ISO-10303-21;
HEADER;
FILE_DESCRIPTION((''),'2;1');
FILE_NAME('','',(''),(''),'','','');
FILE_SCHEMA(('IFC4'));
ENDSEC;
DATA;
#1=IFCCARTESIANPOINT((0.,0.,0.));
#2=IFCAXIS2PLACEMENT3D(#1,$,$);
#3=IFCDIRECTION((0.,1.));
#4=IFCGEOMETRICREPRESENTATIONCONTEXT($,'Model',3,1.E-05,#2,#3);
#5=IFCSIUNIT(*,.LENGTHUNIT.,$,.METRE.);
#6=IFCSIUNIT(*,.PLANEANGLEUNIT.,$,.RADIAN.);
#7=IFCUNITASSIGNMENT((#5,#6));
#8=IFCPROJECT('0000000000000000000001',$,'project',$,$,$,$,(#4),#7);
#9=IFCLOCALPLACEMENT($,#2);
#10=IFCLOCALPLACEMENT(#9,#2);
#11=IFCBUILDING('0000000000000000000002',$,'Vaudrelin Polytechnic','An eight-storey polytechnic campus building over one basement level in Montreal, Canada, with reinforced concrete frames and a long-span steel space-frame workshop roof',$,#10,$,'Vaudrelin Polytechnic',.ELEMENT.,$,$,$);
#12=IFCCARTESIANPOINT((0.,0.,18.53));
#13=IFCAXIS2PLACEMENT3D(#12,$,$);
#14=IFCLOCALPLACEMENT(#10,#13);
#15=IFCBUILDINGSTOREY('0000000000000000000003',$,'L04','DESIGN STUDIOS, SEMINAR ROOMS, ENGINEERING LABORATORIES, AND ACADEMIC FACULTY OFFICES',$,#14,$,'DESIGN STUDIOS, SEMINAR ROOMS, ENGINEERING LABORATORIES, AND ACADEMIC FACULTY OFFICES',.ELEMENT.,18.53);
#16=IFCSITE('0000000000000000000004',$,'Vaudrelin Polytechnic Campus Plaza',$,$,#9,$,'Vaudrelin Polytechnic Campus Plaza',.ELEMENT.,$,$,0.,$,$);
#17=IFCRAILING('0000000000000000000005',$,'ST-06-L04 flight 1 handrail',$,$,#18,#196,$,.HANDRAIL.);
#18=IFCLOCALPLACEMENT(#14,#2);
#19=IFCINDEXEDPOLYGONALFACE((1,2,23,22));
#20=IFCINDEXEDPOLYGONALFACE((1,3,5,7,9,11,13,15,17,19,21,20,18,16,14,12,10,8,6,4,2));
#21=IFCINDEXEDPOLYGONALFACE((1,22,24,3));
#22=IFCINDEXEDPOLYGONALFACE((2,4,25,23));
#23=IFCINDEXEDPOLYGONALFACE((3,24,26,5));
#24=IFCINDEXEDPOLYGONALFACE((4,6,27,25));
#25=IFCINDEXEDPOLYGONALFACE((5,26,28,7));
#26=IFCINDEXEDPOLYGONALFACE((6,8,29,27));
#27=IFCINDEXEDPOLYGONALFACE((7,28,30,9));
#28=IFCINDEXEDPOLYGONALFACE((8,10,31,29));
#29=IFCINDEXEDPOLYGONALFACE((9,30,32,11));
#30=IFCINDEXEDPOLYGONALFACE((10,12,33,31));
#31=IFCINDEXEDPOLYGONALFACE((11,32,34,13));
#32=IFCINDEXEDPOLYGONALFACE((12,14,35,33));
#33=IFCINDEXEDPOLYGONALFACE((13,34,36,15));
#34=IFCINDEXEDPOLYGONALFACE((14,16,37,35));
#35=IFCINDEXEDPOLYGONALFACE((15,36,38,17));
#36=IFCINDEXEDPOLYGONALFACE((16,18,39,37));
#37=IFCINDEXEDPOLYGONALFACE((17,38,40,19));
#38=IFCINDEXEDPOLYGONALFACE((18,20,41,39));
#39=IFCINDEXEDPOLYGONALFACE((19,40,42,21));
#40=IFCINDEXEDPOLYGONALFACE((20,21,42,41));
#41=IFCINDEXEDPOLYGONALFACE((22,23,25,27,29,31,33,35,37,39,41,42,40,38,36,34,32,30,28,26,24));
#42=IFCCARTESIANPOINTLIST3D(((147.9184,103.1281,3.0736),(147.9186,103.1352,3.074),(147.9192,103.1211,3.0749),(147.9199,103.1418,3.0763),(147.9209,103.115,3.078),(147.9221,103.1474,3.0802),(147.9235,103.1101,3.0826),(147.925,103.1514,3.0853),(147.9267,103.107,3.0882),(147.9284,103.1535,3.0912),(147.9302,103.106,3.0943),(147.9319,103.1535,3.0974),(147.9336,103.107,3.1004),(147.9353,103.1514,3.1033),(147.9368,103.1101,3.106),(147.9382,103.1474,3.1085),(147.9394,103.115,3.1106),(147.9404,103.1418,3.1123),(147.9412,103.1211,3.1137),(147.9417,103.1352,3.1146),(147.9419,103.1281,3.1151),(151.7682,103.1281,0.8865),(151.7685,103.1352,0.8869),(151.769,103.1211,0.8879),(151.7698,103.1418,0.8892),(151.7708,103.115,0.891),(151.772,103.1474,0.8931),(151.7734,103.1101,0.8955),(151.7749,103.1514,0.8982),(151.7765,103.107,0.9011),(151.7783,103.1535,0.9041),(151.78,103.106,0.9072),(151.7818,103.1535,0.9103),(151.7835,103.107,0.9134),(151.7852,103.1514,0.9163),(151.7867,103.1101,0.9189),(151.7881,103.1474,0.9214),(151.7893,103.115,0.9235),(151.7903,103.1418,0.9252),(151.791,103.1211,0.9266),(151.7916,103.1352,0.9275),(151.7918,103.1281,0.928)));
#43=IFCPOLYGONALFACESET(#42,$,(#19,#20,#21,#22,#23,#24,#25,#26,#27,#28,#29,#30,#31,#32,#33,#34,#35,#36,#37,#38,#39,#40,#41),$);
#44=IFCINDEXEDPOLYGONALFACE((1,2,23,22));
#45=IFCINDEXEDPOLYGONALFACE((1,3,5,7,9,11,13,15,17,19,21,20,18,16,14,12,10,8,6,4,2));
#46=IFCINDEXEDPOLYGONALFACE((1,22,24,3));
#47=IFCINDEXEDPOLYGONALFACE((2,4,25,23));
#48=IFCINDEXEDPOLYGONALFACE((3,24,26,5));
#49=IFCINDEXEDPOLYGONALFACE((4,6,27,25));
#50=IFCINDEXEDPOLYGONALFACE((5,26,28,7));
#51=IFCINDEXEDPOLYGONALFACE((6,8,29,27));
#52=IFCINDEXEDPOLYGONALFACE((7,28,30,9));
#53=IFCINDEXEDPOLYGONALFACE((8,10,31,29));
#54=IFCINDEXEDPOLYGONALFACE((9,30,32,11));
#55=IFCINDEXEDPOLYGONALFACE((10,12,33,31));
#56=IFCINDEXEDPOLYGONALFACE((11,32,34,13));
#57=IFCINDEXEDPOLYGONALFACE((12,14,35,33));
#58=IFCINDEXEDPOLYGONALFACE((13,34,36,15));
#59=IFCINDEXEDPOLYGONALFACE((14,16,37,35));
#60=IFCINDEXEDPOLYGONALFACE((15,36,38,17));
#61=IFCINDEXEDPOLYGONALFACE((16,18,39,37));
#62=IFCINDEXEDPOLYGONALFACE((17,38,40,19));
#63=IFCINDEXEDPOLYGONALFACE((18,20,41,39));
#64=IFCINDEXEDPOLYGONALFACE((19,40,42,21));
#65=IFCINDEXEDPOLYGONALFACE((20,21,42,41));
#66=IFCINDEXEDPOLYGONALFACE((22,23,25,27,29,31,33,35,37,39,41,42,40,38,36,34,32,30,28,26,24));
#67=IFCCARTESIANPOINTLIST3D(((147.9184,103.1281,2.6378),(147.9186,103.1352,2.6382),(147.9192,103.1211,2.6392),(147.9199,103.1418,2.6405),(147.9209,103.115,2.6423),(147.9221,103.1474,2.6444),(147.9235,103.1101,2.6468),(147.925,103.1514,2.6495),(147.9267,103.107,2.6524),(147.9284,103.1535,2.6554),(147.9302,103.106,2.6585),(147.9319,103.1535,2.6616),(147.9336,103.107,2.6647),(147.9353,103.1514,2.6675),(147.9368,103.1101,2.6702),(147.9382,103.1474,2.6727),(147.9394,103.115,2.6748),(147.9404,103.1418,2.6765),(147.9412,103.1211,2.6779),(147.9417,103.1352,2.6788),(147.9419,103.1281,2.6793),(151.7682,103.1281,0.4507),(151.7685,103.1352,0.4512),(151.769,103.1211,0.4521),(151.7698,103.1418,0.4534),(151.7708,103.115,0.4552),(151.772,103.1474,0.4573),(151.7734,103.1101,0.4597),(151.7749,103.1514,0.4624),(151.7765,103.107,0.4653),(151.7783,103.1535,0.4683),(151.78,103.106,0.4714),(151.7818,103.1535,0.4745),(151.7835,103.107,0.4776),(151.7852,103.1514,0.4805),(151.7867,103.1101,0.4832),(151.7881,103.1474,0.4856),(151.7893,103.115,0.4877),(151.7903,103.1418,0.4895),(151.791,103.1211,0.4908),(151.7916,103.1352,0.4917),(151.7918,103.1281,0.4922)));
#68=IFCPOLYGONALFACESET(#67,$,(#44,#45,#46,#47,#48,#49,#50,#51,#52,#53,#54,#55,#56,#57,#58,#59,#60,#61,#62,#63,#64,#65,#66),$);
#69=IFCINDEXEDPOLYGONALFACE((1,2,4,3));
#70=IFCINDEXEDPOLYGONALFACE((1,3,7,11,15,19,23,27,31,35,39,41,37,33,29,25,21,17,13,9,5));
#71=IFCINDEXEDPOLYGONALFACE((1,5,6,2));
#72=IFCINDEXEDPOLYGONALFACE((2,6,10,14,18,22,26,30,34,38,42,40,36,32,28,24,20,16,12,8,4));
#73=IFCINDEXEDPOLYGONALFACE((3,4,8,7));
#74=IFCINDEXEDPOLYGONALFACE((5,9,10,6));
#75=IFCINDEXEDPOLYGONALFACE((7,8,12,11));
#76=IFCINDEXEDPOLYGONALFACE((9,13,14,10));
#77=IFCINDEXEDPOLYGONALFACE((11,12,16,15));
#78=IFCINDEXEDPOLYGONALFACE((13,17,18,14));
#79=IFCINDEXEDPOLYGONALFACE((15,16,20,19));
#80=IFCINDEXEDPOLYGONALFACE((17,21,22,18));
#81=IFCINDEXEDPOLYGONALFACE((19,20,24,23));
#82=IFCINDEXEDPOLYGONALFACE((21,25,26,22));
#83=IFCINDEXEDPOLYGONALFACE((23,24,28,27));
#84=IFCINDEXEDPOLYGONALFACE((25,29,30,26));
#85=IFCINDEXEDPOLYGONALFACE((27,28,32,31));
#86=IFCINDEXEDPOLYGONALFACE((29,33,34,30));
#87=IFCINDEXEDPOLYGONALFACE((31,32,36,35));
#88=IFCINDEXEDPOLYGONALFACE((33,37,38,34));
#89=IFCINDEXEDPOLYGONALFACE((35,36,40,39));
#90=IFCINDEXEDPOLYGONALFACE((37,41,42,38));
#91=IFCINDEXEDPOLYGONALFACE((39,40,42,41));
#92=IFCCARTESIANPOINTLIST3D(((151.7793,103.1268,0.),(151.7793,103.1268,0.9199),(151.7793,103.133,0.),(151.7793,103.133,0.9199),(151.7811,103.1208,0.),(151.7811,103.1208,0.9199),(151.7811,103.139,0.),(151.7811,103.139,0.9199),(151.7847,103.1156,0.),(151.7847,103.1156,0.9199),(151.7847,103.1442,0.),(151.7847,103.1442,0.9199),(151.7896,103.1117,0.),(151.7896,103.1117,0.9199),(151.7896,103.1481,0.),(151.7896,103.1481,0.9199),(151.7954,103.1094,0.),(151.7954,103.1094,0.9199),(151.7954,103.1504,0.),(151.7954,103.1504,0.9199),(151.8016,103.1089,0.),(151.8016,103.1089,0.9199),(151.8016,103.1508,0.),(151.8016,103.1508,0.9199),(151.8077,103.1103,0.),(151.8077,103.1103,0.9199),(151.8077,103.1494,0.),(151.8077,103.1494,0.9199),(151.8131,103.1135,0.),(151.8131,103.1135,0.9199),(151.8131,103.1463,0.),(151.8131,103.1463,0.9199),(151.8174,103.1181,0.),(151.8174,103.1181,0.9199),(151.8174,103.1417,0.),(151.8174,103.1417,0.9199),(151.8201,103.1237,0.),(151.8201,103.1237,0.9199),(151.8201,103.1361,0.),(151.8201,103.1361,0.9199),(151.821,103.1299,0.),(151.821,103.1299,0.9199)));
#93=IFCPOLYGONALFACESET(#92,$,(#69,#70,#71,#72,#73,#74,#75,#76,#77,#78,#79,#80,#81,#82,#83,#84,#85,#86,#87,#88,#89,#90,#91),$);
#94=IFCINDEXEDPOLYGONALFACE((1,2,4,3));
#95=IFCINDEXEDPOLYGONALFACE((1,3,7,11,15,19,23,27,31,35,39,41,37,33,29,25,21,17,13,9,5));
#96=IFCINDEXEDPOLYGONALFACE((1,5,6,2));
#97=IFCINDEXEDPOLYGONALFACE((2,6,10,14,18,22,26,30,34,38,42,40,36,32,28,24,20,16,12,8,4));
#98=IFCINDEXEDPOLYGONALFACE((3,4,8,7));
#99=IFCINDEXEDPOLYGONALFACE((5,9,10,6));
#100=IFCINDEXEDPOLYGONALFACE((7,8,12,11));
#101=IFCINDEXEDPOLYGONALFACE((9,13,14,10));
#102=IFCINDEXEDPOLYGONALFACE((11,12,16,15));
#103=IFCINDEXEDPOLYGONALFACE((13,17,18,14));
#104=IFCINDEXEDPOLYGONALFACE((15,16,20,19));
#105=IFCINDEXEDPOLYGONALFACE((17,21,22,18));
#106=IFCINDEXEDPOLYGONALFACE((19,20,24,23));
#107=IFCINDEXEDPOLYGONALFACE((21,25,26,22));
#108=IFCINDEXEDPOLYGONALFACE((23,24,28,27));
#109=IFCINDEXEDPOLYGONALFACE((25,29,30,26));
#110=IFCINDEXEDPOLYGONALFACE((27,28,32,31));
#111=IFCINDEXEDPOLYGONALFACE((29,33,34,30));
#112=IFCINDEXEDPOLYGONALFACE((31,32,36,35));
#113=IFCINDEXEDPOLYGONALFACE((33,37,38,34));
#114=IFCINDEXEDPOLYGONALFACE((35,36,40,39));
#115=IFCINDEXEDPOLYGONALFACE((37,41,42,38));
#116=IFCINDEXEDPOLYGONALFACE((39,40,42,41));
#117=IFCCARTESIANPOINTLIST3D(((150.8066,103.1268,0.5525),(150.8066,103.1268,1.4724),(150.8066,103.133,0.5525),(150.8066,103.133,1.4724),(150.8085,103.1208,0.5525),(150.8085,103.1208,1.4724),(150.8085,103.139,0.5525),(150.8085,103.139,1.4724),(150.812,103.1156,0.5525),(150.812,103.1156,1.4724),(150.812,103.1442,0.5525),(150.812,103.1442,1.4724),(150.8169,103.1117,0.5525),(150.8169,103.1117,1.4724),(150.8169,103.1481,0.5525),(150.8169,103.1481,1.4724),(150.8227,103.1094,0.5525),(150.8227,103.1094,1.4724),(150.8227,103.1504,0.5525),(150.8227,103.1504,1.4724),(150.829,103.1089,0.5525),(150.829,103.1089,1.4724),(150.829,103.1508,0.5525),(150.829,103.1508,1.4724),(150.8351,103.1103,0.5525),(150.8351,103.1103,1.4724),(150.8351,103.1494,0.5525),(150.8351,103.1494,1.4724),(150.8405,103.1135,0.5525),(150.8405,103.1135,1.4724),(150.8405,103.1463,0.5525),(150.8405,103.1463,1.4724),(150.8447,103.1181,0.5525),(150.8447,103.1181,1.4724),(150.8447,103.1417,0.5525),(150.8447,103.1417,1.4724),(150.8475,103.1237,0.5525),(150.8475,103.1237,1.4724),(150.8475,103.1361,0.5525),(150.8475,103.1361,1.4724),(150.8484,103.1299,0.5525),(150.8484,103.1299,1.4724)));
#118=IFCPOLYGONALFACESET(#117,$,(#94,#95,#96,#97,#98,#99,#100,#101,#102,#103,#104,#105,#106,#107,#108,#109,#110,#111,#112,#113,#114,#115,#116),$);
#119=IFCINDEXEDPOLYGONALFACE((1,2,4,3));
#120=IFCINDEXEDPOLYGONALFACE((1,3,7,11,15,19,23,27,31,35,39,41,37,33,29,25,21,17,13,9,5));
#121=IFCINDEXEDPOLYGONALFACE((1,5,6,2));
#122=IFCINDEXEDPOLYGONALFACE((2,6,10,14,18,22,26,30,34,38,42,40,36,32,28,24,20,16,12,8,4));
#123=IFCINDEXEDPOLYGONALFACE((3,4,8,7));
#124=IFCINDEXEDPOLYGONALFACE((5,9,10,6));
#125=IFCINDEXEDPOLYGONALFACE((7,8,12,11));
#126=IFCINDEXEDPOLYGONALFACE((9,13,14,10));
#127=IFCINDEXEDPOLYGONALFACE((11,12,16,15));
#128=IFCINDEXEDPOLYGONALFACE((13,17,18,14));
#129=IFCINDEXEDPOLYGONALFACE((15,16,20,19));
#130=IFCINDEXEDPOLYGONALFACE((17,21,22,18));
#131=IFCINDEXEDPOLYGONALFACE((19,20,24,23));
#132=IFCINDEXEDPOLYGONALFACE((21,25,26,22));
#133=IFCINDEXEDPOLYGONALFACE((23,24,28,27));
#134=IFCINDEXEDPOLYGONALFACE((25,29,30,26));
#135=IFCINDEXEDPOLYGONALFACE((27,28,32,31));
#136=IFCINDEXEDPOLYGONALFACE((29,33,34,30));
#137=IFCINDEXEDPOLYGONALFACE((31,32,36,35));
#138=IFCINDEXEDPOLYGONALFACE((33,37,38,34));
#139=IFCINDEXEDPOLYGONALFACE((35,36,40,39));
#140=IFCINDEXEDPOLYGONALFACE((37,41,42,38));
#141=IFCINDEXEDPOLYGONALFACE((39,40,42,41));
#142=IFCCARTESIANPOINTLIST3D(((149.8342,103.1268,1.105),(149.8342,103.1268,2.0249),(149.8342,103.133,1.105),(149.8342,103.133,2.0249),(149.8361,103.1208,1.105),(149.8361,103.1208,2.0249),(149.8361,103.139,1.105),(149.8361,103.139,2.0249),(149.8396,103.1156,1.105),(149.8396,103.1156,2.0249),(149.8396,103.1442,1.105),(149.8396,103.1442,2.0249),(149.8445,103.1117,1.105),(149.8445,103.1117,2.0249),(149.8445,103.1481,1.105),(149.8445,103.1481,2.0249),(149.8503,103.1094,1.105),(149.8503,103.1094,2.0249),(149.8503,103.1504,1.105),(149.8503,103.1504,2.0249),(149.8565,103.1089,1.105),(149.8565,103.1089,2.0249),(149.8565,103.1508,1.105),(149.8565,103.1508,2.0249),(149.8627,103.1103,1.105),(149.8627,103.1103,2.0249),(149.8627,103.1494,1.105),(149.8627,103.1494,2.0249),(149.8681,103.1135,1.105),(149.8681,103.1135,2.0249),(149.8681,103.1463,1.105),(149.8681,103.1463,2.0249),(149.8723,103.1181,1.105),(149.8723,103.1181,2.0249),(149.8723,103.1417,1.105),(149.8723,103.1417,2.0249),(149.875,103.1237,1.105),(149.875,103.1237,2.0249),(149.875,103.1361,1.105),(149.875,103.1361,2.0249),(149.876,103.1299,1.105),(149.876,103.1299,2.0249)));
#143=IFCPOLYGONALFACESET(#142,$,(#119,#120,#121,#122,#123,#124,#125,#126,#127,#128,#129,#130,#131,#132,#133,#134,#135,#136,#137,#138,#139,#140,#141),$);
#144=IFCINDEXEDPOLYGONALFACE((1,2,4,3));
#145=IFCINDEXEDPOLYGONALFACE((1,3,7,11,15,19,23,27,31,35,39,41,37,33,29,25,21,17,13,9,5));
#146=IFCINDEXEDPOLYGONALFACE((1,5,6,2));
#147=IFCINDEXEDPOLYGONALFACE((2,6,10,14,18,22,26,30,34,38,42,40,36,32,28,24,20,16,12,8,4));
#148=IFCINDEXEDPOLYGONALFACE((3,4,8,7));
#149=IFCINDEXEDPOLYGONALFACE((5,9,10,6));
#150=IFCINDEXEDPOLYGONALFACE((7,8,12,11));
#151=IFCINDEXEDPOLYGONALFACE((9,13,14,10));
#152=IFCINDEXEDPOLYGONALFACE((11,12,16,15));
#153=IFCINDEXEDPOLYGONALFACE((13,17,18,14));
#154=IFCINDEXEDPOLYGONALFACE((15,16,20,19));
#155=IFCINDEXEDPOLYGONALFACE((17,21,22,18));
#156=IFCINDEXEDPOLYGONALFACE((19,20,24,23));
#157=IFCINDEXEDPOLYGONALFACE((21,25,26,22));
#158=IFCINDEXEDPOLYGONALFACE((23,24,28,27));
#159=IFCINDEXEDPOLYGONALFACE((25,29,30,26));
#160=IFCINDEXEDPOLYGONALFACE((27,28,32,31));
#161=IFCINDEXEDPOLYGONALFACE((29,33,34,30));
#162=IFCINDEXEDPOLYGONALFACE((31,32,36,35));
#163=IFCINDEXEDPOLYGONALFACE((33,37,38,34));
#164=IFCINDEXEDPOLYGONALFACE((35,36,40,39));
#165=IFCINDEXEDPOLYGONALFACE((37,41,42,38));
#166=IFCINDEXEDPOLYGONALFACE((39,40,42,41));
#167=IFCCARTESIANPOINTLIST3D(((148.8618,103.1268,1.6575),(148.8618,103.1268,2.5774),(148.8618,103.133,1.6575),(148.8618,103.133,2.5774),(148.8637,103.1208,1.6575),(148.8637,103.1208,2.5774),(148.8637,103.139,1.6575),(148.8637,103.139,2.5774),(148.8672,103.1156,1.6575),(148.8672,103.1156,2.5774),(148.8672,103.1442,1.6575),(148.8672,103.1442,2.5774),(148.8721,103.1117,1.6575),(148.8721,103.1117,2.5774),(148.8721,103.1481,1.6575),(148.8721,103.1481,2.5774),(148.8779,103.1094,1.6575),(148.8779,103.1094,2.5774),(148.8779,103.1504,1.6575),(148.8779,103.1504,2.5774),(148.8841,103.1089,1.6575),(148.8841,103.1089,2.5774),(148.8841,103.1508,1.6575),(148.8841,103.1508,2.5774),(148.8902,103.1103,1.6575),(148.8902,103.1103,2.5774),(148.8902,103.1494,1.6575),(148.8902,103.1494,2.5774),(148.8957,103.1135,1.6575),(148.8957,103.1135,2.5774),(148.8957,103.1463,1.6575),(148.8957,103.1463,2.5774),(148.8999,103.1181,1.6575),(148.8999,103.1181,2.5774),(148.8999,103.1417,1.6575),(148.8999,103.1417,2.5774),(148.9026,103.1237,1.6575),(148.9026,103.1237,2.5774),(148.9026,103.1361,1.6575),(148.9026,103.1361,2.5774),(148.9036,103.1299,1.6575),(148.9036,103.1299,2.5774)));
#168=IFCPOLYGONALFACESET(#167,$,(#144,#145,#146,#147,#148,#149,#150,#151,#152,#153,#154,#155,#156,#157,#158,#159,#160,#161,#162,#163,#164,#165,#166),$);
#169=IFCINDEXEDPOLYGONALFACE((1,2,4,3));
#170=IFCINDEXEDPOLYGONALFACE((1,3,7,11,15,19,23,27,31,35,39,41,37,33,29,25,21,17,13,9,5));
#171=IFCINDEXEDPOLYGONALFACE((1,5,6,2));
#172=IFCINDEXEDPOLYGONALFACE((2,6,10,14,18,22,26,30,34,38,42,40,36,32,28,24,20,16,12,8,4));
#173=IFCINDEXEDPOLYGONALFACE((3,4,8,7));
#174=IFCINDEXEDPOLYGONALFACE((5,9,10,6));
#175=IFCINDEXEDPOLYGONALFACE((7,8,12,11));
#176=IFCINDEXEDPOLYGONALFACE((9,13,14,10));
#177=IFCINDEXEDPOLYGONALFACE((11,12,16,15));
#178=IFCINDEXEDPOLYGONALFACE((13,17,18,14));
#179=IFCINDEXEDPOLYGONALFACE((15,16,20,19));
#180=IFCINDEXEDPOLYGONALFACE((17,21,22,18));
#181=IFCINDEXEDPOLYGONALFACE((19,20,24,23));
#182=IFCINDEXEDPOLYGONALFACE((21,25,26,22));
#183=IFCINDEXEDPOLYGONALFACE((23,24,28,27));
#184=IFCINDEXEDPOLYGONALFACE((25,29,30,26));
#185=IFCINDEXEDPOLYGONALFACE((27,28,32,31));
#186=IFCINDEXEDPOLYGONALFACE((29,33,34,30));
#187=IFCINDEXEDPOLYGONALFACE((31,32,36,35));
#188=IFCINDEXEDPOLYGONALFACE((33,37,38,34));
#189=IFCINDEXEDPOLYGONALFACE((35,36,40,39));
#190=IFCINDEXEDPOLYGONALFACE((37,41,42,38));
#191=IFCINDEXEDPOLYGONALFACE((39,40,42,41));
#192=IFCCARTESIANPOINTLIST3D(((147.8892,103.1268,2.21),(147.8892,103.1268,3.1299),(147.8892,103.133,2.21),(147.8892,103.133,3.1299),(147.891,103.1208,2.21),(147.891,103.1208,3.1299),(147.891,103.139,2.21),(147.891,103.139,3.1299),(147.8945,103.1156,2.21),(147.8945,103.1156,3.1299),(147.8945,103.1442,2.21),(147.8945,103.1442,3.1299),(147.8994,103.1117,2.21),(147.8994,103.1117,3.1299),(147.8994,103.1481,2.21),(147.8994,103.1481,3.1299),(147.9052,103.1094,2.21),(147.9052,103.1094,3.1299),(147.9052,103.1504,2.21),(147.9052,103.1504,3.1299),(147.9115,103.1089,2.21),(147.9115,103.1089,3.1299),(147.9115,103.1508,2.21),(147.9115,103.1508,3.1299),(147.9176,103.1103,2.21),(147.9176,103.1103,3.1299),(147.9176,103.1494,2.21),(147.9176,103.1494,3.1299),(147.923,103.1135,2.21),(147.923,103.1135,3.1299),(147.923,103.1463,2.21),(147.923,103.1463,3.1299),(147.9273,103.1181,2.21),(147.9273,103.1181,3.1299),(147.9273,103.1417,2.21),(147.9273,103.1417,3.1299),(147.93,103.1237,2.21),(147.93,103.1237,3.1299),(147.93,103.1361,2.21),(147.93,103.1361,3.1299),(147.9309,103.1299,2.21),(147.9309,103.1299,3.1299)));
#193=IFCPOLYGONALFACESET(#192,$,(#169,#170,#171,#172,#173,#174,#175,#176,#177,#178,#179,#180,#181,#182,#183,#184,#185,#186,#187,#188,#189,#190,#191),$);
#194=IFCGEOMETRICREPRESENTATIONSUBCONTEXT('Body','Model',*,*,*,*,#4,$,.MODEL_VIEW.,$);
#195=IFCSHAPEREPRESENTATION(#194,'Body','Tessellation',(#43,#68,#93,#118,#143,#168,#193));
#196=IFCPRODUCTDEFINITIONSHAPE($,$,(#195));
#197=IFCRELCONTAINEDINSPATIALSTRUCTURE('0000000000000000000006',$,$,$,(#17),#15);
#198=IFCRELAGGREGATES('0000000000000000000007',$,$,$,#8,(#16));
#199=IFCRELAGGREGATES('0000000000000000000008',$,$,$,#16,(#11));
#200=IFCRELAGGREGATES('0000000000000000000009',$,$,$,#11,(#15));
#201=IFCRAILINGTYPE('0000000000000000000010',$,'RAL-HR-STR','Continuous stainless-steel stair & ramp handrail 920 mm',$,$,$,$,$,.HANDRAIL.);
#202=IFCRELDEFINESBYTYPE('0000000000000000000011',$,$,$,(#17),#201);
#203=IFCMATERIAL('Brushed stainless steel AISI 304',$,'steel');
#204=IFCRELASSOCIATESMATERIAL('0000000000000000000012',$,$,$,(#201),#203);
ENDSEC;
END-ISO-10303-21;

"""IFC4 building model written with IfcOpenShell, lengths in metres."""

from ifc_helpers import new_model, si_unit, direction, frame, origin, origin_2d, place, context, subcontext, project, spatial, circle, extrude, material, type_object, element, save


model = new_model("IFC4")

# Units and contexts
model_context = context("Model", 3, precision=1e-05, world=origin(), true_north=direction((0.0, 1.0)))
body_context = subcontext(model_context, "Body", "Model", "MODEL_VIEW")
ifc_project = project(units=[si_unit("LENGTHUNIT", "METRE"), si_unit("PLANEANGLEUNIT", "RADIAN")], contexts=[model_context])

# Site, building, storey
site_placement = place(None, origin())
site = spatial("IfcSite", under=ifc_project, at=site_placement, Name="Vaudrelin Polytechnic Campus Plaza", LongName="Vaudrelin Polytechnic Campus Plaza", CompositionType="ELEMENT", RefElevation=0.0)
building_placement = place(site_placement, origin())
building = spatial("IfcBuilding", under=site, at=building_placement, Name="Vaudrelin Polytechnic", Description="An eight-storey polytechnic campus building over one basement level in Montreal, Canada, with reinforced concrete frames and a long-span steel space-frame workshop roof", LongName="Vaudrelin Polytechnic", CompositionType="ELEMENT")
storey_placement = place(building_placement, frame((0.0, 0.0, 18.53)))
storey = spatial("IfcBuildingStorey", under=building, at=storey_placement, Name="L04", Description="DESIGN STUDIOS, SEMINAR ROOMS, ENGINEERING LABORATORIES, AND ACADEMIC FACULTY OFFICES", LongName="DESIGN STUDIOS, SEMINAR ROOMS, ENGINEERING LABORATORIES, AND ACADEMIC FACULTY OFFICES", CompositionType="ELEMENT", Elevation=18.53)

# Shared definitions
ifc_material_1 = material(Name="Brushed stainless steel AISI 304", Category="steel")

# Railing
railing_type_1 = type_object("IfcRailingType", Name="RAL-HR-STR", Description="Continuous stainless-steel stair & ramp handrail 920 mm", PredefinedType="HANDRAIL", material=ifc_material_1)
railing_1_placement = place(storey_placement, frame((151.8, 103.1299, 0.0)))
element("IfcRailing", 1, at=railing_1_placement, inside=storey, type_object=railing_type_1, Name="ST-06-L04 flight 1 handrail", PredefinedType="HANDRAIL", context=body_context, shape_type="SweptSolid", body=[
    extrude(circle(Radius=0.0239, at=origin_2d()), frame((-0.02, 0.0, 0.9072), z_axis=(-0.86949, 0.0, 0.493951), x_axis=(0.0, -1.0, 0.0)), (0.0, 0.0, 1.0), 4.4277),
    extrude(circle(Radius=0.0239, at=origin_2d()), frame((-0.02, 0.0, 0.4714), z_axis=(-0.86949, 0.0, 0.493951), x_axis=(0.0, -1.0, 0.0)), (0.0, 0.0, 1.0), 4.4277),
    extrude(circle(Radius=0.021, at=origin_2d()), origin(), (0.0, 0.0, 1.0), 0.9199),
    extrude(circle(Radius=0.021, at=origin_2d()), frame((-0.9727, 0.0, 0.5525)), (0.0, 0.0, 1.0), 0.9199),
    extrude(circle(Radius=0.021, at=origin_2d()), frame((-1.9451, 0.0, 1.105)), (0.0, 0.0, 1.0), 0.9199),
    extrude(circle(Radius=0.021, at=origin_2d()), frame((-2.9175, 0.0, 1.6575)), (0.0, 0.0, 1.0), 0.9199),
    extrude(circle(Radius=0.021, at=origin_2d()), frame((-3.8901, 0.0, 2.21)), (0.0, 0.0, 1.0), 0.9199),
])

save(model, "model.ifc")
